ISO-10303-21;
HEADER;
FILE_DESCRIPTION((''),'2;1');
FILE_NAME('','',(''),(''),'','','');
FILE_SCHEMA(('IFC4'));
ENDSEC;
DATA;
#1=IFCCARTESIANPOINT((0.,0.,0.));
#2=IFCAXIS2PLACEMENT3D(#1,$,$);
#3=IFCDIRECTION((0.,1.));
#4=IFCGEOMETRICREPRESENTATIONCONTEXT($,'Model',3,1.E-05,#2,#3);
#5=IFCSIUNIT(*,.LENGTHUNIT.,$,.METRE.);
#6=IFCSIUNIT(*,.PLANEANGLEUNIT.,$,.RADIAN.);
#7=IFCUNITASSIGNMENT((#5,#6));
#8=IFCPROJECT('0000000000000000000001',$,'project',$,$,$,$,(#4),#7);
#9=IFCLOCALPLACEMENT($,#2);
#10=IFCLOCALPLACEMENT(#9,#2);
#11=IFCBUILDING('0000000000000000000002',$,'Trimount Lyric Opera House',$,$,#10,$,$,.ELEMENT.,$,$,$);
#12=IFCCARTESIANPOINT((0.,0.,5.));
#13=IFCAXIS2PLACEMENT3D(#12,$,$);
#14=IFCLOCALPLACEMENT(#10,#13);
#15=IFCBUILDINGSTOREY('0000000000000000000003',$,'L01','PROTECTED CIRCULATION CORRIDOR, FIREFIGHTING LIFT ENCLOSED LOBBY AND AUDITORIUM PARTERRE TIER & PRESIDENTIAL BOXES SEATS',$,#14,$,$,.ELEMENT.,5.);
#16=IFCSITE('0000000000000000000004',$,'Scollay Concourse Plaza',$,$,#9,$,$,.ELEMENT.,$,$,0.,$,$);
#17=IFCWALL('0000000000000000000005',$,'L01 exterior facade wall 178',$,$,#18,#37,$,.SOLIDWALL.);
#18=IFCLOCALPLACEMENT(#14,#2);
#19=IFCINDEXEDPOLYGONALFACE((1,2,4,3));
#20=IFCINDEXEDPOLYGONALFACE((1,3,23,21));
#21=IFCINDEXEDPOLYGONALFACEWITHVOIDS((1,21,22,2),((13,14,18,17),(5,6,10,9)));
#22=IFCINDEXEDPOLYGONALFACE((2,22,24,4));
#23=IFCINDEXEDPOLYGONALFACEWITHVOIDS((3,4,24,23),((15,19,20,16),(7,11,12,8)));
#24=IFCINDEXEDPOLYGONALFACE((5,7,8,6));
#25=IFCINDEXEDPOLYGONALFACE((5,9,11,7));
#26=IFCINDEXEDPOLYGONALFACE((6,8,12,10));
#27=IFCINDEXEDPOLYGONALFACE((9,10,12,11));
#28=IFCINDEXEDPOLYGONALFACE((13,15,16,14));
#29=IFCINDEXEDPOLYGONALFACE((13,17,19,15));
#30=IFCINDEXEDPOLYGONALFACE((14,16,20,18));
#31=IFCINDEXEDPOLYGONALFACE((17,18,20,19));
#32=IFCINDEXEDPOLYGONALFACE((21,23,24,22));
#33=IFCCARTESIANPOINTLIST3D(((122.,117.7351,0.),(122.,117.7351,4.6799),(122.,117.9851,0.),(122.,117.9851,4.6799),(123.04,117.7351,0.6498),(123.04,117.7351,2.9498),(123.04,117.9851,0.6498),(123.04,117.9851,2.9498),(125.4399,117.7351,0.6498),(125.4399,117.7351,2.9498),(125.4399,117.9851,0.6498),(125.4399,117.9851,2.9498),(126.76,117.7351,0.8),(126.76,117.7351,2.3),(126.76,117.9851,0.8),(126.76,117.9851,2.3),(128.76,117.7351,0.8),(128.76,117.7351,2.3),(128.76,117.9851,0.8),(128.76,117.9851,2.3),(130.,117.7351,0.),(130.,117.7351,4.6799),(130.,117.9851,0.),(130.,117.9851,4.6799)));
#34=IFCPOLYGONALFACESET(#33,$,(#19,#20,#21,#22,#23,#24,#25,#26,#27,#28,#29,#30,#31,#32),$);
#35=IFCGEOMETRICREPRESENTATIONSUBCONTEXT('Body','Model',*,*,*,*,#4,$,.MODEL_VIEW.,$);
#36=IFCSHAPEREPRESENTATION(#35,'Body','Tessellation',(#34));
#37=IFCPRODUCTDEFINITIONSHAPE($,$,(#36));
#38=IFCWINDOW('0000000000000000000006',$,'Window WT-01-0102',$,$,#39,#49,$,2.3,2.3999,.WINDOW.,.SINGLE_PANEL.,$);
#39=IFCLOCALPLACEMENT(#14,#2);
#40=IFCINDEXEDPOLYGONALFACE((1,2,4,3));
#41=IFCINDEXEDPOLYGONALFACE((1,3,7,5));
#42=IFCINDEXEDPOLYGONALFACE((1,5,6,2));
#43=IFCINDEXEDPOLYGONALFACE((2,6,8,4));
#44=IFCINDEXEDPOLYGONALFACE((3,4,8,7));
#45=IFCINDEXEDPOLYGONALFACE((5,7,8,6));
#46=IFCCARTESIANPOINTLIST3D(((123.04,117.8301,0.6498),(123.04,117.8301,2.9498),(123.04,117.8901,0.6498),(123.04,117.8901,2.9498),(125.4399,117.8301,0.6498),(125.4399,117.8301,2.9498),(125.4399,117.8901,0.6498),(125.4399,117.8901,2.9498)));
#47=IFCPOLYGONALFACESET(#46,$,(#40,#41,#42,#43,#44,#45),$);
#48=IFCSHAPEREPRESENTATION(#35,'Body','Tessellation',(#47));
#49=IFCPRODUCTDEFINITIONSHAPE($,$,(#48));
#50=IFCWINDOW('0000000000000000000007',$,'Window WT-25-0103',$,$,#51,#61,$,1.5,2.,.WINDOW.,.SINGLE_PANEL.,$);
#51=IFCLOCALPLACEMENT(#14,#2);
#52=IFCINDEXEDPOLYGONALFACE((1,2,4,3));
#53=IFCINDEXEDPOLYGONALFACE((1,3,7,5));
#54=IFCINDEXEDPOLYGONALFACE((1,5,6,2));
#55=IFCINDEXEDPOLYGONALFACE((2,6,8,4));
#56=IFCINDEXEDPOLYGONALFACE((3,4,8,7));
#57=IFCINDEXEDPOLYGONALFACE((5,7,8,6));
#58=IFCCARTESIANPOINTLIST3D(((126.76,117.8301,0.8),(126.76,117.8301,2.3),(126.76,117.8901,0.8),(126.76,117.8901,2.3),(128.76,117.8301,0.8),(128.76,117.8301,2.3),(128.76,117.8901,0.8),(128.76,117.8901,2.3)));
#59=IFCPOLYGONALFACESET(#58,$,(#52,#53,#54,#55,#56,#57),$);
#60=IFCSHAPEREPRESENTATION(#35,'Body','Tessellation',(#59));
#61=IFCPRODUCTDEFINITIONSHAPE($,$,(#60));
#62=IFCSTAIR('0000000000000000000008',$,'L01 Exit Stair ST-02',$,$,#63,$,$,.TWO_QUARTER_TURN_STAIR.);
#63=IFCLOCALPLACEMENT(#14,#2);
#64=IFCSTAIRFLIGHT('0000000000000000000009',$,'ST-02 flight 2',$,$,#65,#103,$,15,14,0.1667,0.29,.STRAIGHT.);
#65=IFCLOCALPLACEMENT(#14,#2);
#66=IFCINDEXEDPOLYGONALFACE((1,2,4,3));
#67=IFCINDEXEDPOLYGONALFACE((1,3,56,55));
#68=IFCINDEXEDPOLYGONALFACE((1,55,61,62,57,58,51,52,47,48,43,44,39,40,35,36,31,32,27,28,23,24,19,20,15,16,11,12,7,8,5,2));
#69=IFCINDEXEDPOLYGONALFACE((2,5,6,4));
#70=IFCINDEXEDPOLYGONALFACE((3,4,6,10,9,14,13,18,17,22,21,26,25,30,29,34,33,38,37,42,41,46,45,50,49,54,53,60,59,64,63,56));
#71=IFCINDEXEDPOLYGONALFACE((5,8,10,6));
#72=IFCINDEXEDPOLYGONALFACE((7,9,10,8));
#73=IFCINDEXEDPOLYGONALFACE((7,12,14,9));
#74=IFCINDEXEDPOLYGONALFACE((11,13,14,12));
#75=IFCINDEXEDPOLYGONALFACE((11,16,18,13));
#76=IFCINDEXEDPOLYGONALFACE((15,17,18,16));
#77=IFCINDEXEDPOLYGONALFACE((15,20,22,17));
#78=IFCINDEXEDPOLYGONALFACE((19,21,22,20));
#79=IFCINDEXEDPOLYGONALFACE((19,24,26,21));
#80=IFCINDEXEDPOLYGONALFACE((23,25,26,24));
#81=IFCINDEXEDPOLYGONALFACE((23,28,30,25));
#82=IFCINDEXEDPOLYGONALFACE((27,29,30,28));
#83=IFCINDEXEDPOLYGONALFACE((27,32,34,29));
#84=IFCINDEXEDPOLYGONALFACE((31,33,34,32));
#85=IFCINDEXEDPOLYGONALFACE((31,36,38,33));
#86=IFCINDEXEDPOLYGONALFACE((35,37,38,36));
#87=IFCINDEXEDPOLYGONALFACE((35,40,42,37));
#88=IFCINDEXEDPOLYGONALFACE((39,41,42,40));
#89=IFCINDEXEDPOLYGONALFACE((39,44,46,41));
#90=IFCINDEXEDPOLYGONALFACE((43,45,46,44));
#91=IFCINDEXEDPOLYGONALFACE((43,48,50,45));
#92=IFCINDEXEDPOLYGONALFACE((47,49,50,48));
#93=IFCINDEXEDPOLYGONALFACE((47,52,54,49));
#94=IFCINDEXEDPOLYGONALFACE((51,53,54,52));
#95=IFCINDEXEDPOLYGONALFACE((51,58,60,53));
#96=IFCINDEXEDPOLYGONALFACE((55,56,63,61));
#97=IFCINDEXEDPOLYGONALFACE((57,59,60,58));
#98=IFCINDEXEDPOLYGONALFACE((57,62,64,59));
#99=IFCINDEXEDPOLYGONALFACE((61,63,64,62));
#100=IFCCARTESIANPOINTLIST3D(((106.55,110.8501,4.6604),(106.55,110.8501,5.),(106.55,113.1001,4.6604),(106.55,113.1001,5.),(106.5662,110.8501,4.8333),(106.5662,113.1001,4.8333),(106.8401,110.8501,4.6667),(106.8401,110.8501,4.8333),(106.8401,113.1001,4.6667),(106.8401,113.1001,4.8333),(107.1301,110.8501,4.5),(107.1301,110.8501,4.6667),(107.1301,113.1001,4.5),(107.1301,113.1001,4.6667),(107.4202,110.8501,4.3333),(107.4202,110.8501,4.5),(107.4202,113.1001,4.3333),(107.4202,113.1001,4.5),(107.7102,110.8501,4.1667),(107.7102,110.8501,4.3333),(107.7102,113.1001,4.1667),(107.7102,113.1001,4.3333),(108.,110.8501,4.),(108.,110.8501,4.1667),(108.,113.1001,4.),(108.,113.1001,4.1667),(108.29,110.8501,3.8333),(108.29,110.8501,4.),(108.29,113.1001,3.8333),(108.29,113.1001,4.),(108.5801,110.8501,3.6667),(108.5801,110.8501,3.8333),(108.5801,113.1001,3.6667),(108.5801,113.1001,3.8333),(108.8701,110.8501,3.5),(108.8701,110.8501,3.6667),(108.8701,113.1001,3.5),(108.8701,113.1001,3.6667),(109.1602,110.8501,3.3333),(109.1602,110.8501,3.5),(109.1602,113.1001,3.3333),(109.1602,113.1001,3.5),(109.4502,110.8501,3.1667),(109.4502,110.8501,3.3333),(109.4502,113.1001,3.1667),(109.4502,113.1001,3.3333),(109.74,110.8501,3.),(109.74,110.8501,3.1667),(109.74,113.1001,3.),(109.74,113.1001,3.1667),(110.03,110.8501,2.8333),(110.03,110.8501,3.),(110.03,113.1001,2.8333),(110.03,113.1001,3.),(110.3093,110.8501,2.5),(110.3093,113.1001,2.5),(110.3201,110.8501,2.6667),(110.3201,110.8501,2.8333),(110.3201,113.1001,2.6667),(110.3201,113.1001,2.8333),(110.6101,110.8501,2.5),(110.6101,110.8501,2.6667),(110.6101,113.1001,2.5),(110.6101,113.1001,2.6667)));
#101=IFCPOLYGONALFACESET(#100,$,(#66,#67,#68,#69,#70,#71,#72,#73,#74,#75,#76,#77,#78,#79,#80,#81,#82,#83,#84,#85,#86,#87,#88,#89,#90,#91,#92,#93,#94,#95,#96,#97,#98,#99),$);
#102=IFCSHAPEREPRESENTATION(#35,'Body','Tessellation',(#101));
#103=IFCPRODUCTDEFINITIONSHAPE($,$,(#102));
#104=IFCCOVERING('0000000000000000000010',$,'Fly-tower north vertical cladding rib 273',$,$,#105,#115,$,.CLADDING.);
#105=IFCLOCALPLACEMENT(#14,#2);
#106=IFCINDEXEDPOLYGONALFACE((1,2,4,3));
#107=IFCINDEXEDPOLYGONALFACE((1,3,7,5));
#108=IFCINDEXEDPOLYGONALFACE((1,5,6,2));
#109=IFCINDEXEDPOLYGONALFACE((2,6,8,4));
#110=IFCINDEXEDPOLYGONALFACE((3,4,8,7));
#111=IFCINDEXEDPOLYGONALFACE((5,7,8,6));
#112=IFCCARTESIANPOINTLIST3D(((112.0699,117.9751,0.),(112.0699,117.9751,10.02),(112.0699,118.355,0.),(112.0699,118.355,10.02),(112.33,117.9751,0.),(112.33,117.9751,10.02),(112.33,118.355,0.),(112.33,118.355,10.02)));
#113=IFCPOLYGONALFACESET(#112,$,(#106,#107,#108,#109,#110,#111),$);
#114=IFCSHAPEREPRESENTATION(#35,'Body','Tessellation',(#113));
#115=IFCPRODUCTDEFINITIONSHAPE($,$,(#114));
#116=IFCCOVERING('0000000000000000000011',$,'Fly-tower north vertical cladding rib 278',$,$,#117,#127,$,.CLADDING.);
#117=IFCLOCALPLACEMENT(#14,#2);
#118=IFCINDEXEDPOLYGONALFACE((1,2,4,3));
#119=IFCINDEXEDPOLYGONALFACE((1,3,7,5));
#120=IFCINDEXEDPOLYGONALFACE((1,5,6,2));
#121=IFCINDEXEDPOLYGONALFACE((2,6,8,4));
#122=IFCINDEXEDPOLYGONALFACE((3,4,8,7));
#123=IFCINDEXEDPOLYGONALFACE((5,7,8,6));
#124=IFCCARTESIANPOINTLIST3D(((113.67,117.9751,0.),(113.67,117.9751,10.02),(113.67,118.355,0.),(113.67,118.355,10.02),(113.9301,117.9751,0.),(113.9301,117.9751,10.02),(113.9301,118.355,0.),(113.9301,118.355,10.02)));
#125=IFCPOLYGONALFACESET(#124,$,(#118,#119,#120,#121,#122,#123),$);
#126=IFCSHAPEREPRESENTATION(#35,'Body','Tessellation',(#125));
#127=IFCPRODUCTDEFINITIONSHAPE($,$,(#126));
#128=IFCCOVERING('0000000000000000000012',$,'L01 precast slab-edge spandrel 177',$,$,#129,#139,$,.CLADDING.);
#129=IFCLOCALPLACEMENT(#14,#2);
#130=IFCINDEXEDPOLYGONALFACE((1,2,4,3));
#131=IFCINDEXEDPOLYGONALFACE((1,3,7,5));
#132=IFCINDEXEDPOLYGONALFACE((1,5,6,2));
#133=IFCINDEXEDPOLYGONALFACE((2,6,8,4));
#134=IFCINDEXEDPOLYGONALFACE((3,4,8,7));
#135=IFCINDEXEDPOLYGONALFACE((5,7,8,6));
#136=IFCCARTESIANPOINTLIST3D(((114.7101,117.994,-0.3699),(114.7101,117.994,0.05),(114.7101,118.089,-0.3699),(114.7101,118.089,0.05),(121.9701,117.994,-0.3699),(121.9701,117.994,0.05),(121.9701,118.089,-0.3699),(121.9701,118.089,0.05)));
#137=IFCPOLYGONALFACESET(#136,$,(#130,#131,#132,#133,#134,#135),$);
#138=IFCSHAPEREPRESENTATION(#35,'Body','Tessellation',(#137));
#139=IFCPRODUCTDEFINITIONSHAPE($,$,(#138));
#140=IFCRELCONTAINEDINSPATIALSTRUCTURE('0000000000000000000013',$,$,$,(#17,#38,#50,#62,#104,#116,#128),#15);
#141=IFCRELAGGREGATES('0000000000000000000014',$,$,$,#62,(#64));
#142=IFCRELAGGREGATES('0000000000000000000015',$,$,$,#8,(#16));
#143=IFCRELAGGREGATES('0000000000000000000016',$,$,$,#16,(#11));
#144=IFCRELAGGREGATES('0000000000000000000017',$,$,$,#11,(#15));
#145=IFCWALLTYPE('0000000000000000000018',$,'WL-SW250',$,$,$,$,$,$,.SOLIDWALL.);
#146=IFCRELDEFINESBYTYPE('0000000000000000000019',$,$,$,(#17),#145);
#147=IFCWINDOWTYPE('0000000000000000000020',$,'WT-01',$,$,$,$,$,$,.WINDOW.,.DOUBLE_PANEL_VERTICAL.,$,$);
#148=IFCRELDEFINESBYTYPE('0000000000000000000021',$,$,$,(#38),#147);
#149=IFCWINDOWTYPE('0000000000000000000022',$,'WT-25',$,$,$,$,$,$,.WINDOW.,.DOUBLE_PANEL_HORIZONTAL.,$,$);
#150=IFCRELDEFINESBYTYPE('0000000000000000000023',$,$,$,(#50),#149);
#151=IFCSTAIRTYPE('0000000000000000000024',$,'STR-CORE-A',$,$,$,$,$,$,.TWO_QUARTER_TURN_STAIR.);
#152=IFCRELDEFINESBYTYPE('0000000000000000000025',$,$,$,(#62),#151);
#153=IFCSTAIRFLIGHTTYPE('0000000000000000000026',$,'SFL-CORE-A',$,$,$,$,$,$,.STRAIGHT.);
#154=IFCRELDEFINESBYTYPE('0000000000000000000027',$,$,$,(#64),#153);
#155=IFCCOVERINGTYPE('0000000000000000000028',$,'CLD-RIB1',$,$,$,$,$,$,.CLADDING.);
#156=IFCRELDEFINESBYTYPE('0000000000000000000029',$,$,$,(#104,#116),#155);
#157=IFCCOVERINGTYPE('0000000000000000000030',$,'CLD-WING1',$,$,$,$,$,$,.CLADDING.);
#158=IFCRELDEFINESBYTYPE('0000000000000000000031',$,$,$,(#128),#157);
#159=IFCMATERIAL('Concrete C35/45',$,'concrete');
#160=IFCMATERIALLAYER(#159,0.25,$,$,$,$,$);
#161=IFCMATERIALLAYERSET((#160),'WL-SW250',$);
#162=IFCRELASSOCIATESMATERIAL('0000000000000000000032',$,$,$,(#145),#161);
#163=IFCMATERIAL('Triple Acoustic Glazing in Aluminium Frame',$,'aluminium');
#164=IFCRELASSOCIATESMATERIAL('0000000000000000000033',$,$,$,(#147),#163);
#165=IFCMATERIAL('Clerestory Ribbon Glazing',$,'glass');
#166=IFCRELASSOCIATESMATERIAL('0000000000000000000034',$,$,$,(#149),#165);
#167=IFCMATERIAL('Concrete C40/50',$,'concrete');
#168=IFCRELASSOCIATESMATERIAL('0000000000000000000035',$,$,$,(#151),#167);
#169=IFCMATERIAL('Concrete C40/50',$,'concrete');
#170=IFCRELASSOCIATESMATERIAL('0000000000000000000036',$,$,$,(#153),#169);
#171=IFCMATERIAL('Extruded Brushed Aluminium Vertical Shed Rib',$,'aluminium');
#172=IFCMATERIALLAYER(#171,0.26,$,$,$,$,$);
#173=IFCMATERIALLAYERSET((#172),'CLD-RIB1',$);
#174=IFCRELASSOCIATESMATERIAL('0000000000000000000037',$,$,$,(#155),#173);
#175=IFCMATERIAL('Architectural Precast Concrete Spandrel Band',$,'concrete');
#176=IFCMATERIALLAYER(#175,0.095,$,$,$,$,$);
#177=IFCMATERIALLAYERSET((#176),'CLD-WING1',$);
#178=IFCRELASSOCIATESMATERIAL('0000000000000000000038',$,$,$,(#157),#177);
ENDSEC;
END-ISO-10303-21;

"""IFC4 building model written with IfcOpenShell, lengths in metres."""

from ifc_helpers import new_model, si_unit, direction, frame, frame_2d, origin, origin_2d, place, context, subcontext, project, spatial, polyline, rectangle, outline, extrude, material, layer, layer_set, type_object, element, fill, aggregate, save


model = new_model("IFC4")

# Units and contexts
model_context = context("Model", 3, precision=1e-05, world=origin(), true_north=direction((0.0, 1.0)))
body_context = subcontext(model_context, "Body", "Model", "MODEL_VIEW")
ifc_project = project(units=[si_unit("LENGTHUNIT", "METRE"), si_unit("PLANEANGLEUNIT", "RADIAN")], contexts=[model_context])

# Site, building, storey
site_placement = place(None, origin())
site = spatial("IfcSite", under=ifc_project, at=site_placement, Name="Scollay Concourse Plaza", CompositionType="ELEMENT", RefElevation=0.0)
building_placement = place(site_placement, origin())
building = spatial("IfcBuilding", under=site, at=building_placement, Name="Trimount Lyric Opera House", CompositionType="ELEMENT")
storey_placement = place(building_placement, frame((0.0, 0.0, 5.0)))
storey = spatial("IfcBuildingStorey", under=building, at=storey_placement, Name="L01", Description="PROTECTED CIRCULATION CORRIDOR, FIREFIGHTING LIFT ENCLOSED LOBBY AND AUDITORIUM PARTERRE TIER & PRESIDENTIAL BOXES SEATS", CompositionType="ELEMENT", Elevation=5.0)

# Wall, openings, windows
ifc_material_1 = material(Name="Concrete C35/45", Category="concrete")
ifc_layer_1 = layer(ifc_material_1, 0.25)
ifc_layer_set_1 = layer_set([ifc_layer_1], Name="WL-SW250")
wall_type_1 = type_object("IfcWallType", Name="WL-SW250", PredefinedType="SOLIDWALL", material=ifc_layer_set_1)
wall_1_placement = place(storey_placement, frame((122.0, 117.8601, 0.0), z_axis=(0.0, 0.0, 1.0), x_axis=(1.0, 0.0, 0.0)))
wall_1 = element("IfcWall", 1, at=wall_1_placement, inside=storey, type_object=wall_type_1, Name="L01 exterior facade wall 178", PredefinedType="SOLIDWALL", context=body_context, shape_type="SweptSolid", body=[
    extrude(rectangle(XDim=8.0, YDim=0.25, at=frame_2d((4.0, 0.0))), origin(), (0.0, 0.0, 1.0), 4.6799),
])
opening_1_placement = place(wall_1_placement, frame((1.04, 0.0, 0.6499)))
opening_1 = element("IfcOpeningElement", 2, at=opening_1_placement, cuts=wall_1, PredefinedType="OPENING", context=body_context, shape_type="SweptSolid", body=[
    extrude(rectangle(XDim=2.3999, YDim=2.3, at=frame_2d((1.2, 1.1499))), frame((0.0, 0.135, 0.0), z_axis=(0.0, -1.0, 0.0), x_axis=(1.0, 0.0, 0.0)), (0.0, 0.0, 1.0), 0.27),
])
opening_2_placement = place(wall_1_placement, frame((4.76, 0.0, 0.8)))
opening_2 = element("IfcOpeningElement", 3, at=opening_2_placement, cuts=wall_1, PredefinedType="OPENING", context=body_context, shape_type="SweptSolid", body=[
    extrude(rectangle(XDim=2.0, YDim=1.5, at=frame_2d((1.0, 0.75))), frame((0.0, 0.135, 0.0), z_axis=(0.0, -1.0, 0.0), x_axis=(1.0, 0.0, 0.0)), (0.0, 0.0, 1.0), 0.27),
])
ifc_material_2 = material(Name="Triple Acoustic Glazing in Aluminium Frame", Category="aluminium")
window_type_1 = type_object("IfcWindowType", Name="WT-01", PartitioningType="DOUBLE_PANEL_VERTICAL", PredefinedType="WINDOW", material=ifc_material_2)
window_1_placement = place(opening_1_placement, origin())
window_1 = element("IfcWindow", 4, at=window_1_placement, inside=storey, type_object=window_type_1, Name="Window WT-01-0102", OverallHeight=2.3, OverallWidth=2.3999, PartitioningType="SINGLE_PANEL", PredefinedType="WINDOW", context=body_context, shape_type="SweptSolid", body=[
    extrude(rectangle(XDim=2.3999, YDim=2.3, at=frame_2d((1.2, 1.1499))), frame((0.0, 0.03, 0.0), z_axis=(0.0, -1.0, 0.0), x_axis=(1.0, 0.0, 0.0)), (0.0, 0.0, 1.0), 0.0601),
])
fill(opening_1, window_1)
ifc_material_3 = material(Name="Clerestory Ribbon Glazing", Category="glass")
window_type_2 = type_object("IfcWindowType", Name="WT-25", PartitioningType="DOUBLE_PANEL_HORIZONTAL", PredefinedType="WINDOW", material=ifc_material_3)
window_2_placement = place(opening_2_placement, origin())
window_2 = element("IfcWindow", 5, at=window_2_placement, inside=storey, type_object=window_type_2, Name="Window WT-25-0103", OverallHeight=1.5, OverallWidth=2.0, PartitioningType="SINGLE_PANEL", PredefinedType="WINDOW", context=body_context, shape_type="SweptSolid", body=[
    extrude(rectangle(XDim=2.0, YDim=1.5, at=frame_2d((1.0, 0.75))), frame((0.0, 0.03, 0.0), z_axis=(0.0, -1.0, 0.0), x_axis=(1.0, 0.0, 0.0)), (0.0, 0.0, 1.0), 0.0601),
])
fill(opening_2, window_2)

# Stair, stair flight
ifc_material_4 = material(Name="Concrete C40/50", Category="concrete")
stair_type = type_object("IfcStairType", Name="STR-CORE-A", PredefinedType="TWO_QUARTER_TURN_STAIR", material=ifc_material_4)
stair_placement = place(storey_placement, origin())
stair = element("IfcStair", 6, at=stair_placement, inside=storey, type_object=stair_type, Name="L01 Exit Stair ST-02", PredefinedType="TWO_QUARTER_TURN_STAIR")
ifc_material_5 = material(Name="Concrete C40/50", Category="concrete")
stair_flight_type = type_object("IfcStairFlightType", Name="SFL-CORE-A", PredefinedType="STRAIGHT", material=ifc_material_5)
stair_flight_placement = place(storey_placement, frame((110.6101, 111.9751, 2.5), z_axis=(0.0, 0.0, 1.0), x_axis=(-1.0, 0.0, 0.0)))
stair_flight = element("IfcStairFlight", 7, at=stair_flight_placement, type_object=stair_flight_type, Name="ST-02 flight 2", NumberOfRisers=15, NumberOfTreads=14, PredefinedType="STRAIGHT", RiserHeight=0.1667, TreadLength=0.29, context=body_context, shape_type="SweptSolid", body=[
    extrude(outline(polyline([(0.0, 0.0), (0.0, 0.1667), (0.29, 0.1667), (0.29, 0.3333), (0.5801, 0.3333), (0.5801, 0.5), (0.8701, 0.5), (0.8701, 0.6667), (1.1599, 0.6667), (1.1599, 0.8333), (1.45, 0.8333), (1.45, 1.0), (1.74, 1.0), (1.74, 1.1667), (2.03, 1.1667), (2.03, 1.3333), (2.3201, 1.3333), (2.3201, 1.5), (2.6101, 1.5), (2.6101, 1.6667), (2.8999, 1.6667), (2.8999, 1.8333), (3.1899, 1.8333), (3.1899, 2.0), (3.48, 2.0), (3.48, 2.1667), (3.77, 2.1667), (3.77, 2.3333), (4.0439, 2.3333), (4.0601, 2.5), (4.0601, 2.1604), (0.3008, 0.0), (0.0, 0.0)])), frame((0.0, 1.125, 0.0), z_axis=(0.0, -1.0, 0.0), x_axis=(1.0, 0.0, 0.0)), (0.0, 0.0, 1.0), 2.25),
])
aggregate(stair, [stair_flight])

# Coverings
ifc_material_6 = material(Name="Extruded Brushed Aluminium Vertical Shed Rib", Category="aluminium")
ifc_layer_2 = layer(ifc_material_6, 0.26)
ifc_layer_set_2 = layer_set([ifc_layer_2], Name="CLD-RIB1")
covering_type_1 = type_object("IfcCoveringType", Name="CLD-RIB1", PredefinedType="CLADDING", material=ifc_layer_set_2)
for number, where, z_axis, x_axis, name in (
    (8, (112.2, 118.165, 0.0), (0.0, 0.0, 1.0), (1.0, 0.0, 0.0), "Fly-tower north vertical cladding rib 273"),
    (9, (113.8, 118.165, 0.0), (0.0, 0.0, 1.0), (1.0, 0.0, 0.0), "Fly-tower north vertical cladding rib 278"),
):
    element("IfcCovering", number, at=place(storey_placement, frame(where, z_axis=z_axis, x_axis=x_axis)), inside=storey, type_object=covering_type_1, Name=name, PredefinedType="CLADDING", context=body_context, shape_type="SweptSolid", body=[
        extrude(rectangle(XDim=0.26, YDim=0.3799, at=origin_2d()), origin(), (0.0, 0.0, 1.0), 10.02),
    ])
ifc_material_7 = material(Name="Architectural Precast Concrete Spandrel Band", Category="concrete")
ifc_layer_3 = layer(ifc_material_7, 0.095)
ifc_layer_set_3 = layer_set([ifc_layer_3], Name="CLD-WING1")
covering_type_2 = type_object("IfcCoveringType", Name="CLD-WING1", PredefinedType="CLADDING", material=ifc_layer_set_3)
covering_placement = place(storey_placement, frame((118.3401, 118.0415, -0.3699), z_axis=(0.0, 0.0, 1.0), x_axis=(1.0, 0.0, 0.0)))
element("IfcCovering", 10, at=covering_placement, inside=storey, type_object=covering_type_2, Name="L01 precast slab-edge spandrel 177", PredefinedType="CLADDING", context=body_context, shape_type="SweptSolid", body=[
    extrude(rectangle(XDim=7.26, YDim=0.095, at=origin_2d()), origin(), (0.0, 0.0, 1.0), 0.4199),
])

save(model, "model.ifc")
